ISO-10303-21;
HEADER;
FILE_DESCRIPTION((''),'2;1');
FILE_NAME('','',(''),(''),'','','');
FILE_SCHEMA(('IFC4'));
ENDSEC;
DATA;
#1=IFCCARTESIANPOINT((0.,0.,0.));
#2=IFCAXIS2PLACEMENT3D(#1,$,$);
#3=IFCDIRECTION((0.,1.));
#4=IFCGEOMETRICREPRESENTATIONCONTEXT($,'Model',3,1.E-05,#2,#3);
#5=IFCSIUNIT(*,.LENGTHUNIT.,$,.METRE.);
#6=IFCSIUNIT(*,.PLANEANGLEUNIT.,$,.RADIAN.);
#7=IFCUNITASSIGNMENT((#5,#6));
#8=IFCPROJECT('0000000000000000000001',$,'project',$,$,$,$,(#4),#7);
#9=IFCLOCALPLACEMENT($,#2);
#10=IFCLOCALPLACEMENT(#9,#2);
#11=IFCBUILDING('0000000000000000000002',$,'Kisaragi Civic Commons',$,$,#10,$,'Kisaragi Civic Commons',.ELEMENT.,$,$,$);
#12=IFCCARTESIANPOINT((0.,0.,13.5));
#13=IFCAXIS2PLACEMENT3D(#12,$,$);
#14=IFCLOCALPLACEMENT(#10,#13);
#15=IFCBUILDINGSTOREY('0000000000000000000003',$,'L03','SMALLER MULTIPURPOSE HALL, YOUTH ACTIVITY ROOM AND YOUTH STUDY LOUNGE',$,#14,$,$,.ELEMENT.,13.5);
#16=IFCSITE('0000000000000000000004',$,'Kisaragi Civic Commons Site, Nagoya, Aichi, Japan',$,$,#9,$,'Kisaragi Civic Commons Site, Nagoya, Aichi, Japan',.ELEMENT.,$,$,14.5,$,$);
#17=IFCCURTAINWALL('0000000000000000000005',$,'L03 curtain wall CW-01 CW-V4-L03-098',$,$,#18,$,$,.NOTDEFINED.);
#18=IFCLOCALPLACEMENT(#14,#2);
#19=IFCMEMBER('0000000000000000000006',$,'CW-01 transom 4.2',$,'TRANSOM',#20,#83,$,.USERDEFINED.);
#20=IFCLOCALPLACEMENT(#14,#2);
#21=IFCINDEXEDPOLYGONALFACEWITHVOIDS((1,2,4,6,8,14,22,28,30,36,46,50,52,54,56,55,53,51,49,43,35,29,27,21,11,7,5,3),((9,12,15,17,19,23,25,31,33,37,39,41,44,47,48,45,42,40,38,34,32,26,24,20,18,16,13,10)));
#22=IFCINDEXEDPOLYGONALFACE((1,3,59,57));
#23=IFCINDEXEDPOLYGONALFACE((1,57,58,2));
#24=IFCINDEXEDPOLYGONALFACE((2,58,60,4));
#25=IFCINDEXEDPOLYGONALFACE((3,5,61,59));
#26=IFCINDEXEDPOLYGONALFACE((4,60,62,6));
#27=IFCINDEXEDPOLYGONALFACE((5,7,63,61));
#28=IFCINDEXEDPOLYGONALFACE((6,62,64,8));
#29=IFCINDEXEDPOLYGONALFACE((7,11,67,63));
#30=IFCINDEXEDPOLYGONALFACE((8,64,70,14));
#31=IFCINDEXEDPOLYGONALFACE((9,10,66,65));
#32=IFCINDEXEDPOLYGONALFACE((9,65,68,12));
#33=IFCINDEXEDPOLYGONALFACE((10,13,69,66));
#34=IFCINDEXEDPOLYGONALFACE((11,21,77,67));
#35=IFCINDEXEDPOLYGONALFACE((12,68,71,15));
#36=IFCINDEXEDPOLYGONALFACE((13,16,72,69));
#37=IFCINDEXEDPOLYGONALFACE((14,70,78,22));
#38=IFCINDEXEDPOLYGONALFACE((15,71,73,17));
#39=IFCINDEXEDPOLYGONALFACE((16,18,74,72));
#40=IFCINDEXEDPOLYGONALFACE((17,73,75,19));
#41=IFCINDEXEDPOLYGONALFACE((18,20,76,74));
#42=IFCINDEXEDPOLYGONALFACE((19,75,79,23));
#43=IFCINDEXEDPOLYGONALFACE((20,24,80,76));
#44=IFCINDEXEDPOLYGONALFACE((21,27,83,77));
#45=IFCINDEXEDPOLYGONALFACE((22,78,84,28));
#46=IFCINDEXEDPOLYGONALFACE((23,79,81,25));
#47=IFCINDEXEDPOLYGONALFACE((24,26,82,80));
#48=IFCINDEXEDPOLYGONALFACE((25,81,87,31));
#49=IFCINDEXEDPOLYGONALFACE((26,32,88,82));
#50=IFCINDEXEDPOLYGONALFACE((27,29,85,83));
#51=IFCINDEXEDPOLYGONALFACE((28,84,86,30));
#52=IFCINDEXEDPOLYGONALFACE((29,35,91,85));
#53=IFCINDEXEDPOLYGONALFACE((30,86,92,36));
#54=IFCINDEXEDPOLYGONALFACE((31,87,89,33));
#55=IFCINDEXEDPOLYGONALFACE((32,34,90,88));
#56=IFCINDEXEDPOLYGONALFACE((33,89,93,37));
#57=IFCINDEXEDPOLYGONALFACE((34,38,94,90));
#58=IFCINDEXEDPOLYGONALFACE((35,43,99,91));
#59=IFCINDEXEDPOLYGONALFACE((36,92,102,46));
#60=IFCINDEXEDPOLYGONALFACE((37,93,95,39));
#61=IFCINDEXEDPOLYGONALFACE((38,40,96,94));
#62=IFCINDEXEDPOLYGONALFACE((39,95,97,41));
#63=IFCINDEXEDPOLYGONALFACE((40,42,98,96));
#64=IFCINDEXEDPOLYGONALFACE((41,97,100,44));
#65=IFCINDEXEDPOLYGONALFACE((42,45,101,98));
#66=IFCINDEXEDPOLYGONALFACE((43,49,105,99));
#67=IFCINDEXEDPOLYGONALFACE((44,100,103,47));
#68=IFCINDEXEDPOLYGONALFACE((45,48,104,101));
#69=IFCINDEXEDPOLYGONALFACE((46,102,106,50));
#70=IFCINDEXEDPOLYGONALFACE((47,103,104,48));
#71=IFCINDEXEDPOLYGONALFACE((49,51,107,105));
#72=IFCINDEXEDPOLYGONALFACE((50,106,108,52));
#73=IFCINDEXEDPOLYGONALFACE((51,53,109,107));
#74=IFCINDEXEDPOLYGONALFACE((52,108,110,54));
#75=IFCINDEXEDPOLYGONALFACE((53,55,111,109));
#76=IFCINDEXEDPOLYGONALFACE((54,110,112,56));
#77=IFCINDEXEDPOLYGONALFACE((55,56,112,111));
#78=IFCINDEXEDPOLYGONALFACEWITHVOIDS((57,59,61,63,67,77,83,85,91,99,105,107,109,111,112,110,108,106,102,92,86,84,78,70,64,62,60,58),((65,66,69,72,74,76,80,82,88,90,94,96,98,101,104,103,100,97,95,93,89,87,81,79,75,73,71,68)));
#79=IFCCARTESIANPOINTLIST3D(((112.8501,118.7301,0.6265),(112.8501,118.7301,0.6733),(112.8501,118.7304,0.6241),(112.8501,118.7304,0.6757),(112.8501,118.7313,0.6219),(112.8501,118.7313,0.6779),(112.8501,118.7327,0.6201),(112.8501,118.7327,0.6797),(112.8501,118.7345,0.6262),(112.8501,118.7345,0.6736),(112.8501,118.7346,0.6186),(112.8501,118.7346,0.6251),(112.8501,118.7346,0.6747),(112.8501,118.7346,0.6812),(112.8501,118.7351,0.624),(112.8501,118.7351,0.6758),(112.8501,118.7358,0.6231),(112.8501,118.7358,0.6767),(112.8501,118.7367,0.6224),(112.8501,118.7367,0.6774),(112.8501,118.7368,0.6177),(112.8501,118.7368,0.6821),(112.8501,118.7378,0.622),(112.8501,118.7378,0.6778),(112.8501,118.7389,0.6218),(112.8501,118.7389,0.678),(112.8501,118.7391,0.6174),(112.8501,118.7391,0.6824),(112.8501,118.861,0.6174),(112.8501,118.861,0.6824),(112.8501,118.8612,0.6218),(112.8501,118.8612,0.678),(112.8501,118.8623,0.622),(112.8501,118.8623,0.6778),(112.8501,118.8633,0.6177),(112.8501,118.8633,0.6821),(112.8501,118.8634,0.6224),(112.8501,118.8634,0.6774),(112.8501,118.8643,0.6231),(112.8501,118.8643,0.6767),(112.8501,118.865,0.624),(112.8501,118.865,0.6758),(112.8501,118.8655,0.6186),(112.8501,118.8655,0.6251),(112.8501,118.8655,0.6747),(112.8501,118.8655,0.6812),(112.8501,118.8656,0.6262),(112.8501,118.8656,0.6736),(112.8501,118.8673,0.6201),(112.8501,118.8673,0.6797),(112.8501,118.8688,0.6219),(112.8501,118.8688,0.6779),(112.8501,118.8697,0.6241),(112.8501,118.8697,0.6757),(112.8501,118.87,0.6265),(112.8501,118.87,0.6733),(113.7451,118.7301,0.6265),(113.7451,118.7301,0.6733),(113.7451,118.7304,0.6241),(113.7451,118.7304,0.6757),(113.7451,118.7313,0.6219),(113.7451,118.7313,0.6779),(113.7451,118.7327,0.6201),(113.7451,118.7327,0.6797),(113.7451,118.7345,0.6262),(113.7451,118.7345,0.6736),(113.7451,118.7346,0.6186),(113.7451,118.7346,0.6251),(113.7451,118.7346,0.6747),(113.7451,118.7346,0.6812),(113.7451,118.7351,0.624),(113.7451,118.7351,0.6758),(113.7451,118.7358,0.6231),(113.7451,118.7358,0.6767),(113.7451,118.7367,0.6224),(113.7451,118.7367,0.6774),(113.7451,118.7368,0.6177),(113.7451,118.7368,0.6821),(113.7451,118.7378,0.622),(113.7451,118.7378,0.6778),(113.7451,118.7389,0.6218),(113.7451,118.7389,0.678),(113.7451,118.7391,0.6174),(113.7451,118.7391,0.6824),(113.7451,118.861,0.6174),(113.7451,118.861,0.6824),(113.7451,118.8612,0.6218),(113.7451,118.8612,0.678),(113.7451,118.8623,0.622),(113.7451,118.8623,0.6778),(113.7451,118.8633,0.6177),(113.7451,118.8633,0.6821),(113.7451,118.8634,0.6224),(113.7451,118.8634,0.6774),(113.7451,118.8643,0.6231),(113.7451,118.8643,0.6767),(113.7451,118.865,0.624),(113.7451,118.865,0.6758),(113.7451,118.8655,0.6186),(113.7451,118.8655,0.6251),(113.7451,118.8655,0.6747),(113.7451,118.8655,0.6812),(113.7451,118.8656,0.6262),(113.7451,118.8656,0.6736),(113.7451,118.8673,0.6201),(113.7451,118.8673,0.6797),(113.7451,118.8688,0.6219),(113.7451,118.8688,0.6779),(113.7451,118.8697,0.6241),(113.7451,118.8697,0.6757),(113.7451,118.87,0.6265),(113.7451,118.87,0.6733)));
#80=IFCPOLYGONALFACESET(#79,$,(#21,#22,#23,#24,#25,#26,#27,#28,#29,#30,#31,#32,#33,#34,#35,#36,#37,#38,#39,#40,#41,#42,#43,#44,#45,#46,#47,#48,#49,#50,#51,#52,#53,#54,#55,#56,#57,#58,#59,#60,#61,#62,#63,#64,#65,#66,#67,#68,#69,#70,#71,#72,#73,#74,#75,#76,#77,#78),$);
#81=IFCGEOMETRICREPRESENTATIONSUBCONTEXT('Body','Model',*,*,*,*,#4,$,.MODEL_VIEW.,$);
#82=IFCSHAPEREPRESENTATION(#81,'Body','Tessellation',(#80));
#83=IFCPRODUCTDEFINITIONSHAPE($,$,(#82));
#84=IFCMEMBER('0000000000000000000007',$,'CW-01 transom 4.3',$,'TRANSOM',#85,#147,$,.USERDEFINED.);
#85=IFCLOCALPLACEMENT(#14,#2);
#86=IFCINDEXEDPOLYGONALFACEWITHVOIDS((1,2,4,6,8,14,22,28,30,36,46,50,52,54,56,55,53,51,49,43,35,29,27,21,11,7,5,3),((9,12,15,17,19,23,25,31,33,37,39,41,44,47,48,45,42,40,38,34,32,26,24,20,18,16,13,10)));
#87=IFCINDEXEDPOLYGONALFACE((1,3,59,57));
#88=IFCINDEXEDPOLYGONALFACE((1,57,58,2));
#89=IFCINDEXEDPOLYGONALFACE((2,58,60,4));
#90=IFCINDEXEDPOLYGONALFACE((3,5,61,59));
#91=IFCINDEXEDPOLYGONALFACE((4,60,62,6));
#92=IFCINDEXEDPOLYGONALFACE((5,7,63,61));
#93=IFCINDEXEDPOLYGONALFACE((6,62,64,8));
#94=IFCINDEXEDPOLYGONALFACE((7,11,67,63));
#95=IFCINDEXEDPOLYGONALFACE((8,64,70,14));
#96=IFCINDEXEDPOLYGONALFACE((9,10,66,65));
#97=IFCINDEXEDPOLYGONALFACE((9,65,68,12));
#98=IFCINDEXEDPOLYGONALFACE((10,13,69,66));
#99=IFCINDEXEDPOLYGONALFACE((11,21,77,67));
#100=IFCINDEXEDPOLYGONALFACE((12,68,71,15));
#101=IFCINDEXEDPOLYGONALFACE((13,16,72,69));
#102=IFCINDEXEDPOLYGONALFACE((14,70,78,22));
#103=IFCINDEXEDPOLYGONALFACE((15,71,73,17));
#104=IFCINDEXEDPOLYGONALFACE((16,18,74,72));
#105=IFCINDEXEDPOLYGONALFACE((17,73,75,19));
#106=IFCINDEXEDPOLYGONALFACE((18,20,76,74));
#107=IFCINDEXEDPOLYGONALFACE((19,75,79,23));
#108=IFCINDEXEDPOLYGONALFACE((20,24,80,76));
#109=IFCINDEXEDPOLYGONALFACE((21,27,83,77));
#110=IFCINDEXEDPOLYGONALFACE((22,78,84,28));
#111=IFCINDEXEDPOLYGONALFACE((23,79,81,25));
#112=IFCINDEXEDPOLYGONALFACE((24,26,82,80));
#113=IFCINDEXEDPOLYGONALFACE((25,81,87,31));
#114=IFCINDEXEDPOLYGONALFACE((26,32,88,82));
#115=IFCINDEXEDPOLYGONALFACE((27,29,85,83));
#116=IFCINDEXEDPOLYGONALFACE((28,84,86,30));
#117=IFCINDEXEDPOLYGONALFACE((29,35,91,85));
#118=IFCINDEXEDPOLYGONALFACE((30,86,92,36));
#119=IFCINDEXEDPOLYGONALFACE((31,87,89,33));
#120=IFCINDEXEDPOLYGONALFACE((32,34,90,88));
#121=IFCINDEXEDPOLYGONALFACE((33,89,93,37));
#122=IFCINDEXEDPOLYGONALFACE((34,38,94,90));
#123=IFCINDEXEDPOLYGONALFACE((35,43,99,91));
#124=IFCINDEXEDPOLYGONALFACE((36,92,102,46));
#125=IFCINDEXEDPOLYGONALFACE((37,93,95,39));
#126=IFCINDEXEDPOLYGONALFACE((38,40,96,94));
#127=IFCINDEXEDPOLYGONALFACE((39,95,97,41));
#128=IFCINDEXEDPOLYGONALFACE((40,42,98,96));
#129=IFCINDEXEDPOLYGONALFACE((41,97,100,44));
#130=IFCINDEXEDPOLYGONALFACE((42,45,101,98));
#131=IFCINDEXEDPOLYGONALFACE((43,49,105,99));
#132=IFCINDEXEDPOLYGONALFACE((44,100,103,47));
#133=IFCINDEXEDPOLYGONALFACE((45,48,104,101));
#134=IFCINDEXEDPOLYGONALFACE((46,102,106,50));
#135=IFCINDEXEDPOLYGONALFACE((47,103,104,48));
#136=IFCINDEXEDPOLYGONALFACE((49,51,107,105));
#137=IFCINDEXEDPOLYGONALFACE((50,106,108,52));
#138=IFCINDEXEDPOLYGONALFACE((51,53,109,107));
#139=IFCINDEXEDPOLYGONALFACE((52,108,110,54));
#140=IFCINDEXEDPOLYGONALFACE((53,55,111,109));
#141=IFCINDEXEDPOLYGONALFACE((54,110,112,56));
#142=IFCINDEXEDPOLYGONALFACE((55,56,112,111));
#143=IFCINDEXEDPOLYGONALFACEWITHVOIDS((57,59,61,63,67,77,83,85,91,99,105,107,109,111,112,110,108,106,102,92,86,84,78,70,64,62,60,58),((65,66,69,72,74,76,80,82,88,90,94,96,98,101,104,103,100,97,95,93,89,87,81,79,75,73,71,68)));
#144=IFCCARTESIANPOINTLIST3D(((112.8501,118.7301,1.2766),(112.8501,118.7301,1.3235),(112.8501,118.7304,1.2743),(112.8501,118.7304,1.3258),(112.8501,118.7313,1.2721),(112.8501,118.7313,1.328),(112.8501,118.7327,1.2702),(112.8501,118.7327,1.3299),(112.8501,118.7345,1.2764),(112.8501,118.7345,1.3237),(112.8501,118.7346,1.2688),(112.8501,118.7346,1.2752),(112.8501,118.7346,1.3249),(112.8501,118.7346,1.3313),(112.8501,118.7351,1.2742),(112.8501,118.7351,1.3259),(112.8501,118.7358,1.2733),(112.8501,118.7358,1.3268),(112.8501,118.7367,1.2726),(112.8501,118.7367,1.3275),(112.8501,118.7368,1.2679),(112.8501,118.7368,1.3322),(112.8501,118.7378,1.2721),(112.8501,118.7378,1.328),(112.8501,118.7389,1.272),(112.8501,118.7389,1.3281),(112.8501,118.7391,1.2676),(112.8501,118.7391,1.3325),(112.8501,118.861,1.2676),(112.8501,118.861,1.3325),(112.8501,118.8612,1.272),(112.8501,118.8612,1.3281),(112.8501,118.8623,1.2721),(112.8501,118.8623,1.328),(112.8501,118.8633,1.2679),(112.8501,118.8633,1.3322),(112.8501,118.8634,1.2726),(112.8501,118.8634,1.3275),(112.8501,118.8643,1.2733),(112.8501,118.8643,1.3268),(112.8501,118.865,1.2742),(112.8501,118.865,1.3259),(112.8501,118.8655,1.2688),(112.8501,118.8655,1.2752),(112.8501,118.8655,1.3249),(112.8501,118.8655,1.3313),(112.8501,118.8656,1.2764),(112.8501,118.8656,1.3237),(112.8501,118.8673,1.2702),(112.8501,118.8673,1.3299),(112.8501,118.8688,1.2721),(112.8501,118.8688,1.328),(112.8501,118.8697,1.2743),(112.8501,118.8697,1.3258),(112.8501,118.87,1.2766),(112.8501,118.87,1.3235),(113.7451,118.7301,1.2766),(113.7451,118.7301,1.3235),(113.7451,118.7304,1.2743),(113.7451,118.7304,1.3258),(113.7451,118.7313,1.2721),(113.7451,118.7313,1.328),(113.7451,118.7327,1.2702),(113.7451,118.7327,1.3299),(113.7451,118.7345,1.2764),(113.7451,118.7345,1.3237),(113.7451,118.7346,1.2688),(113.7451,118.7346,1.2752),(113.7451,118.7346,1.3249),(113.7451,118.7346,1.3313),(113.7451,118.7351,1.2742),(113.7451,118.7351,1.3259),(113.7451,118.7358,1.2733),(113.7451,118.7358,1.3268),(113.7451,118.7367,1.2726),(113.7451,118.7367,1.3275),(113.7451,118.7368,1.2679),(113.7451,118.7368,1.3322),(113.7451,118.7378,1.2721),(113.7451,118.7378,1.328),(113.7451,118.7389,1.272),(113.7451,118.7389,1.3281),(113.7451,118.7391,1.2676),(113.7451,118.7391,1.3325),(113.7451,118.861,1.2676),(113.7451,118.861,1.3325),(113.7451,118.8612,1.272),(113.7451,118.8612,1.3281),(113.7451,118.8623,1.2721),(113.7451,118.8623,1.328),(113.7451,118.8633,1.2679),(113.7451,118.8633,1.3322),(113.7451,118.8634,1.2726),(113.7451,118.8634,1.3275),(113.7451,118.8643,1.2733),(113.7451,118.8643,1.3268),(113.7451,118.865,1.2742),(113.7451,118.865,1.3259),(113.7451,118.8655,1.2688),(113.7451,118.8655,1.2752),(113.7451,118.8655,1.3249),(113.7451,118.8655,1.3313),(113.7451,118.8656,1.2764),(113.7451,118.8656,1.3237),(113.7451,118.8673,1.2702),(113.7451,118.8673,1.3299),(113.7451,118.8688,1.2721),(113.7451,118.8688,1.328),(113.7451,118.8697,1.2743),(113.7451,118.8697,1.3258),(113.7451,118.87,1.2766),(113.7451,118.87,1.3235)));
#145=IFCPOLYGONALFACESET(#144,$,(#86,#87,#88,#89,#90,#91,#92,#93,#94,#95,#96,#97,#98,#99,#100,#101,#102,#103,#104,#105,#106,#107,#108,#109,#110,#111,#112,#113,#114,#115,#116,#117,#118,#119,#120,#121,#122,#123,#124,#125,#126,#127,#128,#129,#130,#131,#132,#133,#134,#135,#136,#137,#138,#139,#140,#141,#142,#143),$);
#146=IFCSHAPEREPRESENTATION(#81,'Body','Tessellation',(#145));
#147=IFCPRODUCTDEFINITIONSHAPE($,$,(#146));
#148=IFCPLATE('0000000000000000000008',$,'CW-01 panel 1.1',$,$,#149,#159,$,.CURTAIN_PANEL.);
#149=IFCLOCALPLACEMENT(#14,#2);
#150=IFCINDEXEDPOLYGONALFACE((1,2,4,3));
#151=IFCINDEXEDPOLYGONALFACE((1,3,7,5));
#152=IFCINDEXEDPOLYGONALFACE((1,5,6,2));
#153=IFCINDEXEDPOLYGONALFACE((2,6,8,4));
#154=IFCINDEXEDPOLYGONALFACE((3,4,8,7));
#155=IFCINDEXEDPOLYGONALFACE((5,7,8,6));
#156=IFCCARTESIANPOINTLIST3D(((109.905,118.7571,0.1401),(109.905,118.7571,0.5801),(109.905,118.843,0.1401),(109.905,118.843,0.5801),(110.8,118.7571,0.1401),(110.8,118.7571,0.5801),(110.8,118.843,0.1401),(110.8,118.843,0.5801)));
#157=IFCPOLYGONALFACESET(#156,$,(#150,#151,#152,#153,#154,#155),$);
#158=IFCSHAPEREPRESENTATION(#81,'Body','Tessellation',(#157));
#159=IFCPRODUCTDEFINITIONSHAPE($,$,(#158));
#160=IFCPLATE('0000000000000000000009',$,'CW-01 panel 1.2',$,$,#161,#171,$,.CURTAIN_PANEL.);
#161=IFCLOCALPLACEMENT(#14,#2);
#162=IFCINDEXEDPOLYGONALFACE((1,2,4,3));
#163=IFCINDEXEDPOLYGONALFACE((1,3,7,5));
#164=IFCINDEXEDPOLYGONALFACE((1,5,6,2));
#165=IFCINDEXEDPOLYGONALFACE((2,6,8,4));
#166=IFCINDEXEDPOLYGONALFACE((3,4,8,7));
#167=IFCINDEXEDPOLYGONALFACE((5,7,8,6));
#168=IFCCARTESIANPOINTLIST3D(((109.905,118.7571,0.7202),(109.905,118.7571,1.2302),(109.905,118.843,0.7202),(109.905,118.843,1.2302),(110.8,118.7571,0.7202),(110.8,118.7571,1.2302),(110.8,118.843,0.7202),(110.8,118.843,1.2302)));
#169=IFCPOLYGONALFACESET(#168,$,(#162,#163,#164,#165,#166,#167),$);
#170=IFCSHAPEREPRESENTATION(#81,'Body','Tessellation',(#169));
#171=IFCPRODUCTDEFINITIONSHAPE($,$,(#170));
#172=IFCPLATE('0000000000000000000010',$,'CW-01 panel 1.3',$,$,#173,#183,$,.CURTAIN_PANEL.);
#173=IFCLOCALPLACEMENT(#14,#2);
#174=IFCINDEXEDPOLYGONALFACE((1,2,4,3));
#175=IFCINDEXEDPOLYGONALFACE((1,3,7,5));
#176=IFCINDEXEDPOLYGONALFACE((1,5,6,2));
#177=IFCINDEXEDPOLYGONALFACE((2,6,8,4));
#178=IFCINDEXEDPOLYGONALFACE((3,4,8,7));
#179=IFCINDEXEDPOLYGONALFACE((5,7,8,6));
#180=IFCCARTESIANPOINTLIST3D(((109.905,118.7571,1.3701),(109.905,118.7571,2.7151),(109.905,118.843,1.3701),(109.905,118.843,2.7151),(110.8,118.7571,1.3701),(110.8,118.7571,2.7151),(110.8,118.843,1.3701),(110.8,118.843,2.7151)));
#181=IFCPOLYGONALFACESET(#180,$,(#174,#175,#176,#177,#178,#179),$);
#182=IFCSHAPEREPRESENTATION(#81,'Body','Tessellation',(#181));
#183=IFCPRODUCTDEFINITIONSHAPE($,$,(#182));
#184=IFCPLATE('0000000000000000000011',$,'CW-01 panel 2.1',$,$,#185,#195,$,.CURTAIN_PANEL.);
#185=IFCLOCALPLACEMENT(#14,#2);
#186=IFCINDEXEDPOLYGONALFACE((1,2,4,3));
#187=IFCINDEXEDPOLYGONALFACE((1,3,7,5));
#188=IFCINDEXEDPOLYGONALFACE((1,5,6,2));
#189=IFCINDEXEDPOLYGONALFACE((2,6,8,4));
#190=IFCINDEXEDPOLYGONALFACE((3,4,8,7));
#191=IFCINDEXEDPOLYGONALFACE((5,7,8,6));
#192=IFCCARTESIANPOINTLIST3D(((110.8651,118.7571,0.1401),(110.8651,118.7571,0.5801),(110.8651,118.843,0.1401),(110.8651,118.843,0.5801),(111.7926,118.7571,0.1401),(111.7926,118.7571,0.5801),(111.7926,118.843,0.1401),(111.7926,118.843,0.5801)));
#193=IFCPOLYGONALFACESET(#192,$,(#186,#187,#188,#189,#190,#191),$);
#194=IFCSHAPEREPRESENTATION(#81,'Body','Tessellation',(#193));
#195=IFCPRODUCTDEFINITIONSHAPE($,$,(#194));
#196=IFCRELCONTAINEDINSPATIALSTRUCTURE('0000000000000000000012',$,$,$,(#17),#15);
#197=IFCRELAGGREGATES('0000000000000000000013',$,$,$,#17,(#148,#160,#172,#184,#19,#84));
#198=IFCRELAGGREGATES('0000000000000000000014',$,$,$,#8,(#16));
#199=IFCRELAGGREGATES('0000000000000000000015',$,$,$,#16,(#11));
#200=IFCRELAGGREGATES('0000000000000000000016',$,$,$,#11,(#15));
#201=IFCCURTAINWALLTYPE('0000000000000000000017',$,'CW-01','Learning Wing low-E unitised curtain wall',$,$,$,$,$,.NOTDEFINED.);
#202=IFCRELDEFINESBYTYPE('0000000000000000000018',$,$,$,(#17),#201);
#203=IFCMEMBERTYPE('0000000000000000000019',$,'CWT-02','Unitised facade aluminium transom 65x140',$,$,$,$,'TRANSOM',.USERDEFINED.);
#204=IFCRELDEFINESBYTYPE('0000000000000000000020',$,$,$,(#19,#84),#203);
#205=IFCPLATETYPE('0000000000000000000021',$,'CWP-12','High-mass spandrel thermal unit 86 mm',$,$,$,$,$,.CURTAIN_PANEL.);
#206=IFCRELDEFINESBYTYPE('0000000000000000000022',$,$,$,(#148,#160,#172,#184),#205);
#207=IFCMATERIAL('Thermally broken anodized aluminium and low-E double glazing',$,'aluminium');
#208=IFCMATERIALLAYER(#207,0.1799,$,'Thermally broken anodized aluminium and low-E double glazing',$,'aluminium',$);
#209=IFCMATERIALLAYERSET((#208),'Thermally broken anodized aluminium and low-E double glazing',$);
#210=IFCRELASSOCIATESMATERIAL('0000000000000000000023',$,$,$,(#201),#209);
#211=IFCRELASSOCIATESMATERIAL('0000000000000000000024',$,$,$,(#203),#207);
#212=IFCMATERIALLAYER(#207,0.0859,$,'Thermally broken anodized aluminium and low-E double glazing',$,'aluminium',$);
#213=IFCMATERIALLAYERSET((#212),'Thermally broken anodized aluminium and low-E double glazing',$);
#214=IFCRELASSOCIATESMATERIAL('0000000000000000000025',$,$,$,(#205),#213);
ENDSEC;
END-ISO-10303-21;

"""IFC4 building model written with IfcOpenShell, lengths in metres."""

from ifc_helpers import new_model, si_unit, direction, frame, origin, origin_2d, place, context, subcontext, project, spatial, rectangle, hollow_rectangle, extrude, material, layer, layer_set, material_profile, profile_set, type_object, element, aggregate, save


model = new_model("IFC4")

# Units and contexts
model_context = context("Model", 3, precision=1e-05, world=origin(), true_north=direction((0.0, 1.0)))
body_context = subcontext(model_context, "Body", "Model", "MODEL_VIEW")
ifc_project = project(units=[si_unit("LENGTHUNIT", "METRE"), si_unit("PLANEANGLEUNIT", "RADIAN")], contexts=[model_context])

# Site, building, storey
site_placement = place(None, origin())
site = spatial("IfcSite", under=ifc_project, at=site_placement, Name="Kisaragi Civic Commons Site, Nagoya, Aichi, Japan", LongName="Kisaragi Civic Commons Site, Nagoya, Aichi, Japan", CompositionType="ELEMENT", RefElevation=14.5)
building_placement = place(site_placement, origin())
building = spatial("IfcBuilding", under=site, at=building_placement, Name="Kisaragi Civic Commons", LongName="Kisaragi Civic Commons", CompositionType="ELEMENT")
storey_placement = place(building_placement, frame((0.0, 0.0, 13.5)))
storey = spatial("IfcBuildingStorey", under=building, at=storey_placement, Name="L03", Description="SMALLER MULTIPURPOSE HALL, YOUTH ACTIVITY ROOM AND YOUTH STUDY LOUNGE", CompositionType="ELEMENT", Elevation=13.5)

# Curtain wall, members, plates
ifc_material = material(Name="Thermally broken anodized aluminium and low-E double glazing", Category="aluminium")
ifc_layer_1 = layer(ifc_material, 0.1799, Name="Thermally broken anodized aluminium and low-E double glazing", Category="aluminium")
ifc_layer_set_1 = layer_set([ifc_layer_1], Name="Thermally broken anodized aluminium and low-E double glazing")
curtain_wall_type = type_object("IfcCurtainWallType", Name="CW-01", Description="Learning Wing low-E unitised curtain wall", PredefinedType="NOTDEFINED", material=ifc_layer_set_1)
curtain_wall_placement = place(storey_placement, origin())
curtain_wall = element("IfcCurtainWall", 1, at=curtain_wall_placement, inside=storey, type_object=curtain_wall_type, Name="L03 curtain wall CW-01 CW-V4-L03-098", PredefinedType="NOTDEFINED")
ifc_material_profile_1 = material_profile(ifc_material, hollow_rectangle(XDim=0.1399, YDim=0.0649, WallThickness=0.0044, InnerFilletRadius=0.0044, OuterFilletRadius=0.009, at=origin_2d()), Name="CWT-65x140x4.5", Category="aluminium")
ifc_profile_set_1 = profile_set([ifc_material_profile_1], Name="Thermally broken anodized aluminium and low-E double glazing")
member_type_1 = type_object("IfcMemberType", Name="CWT-02", Description="Unitised facade aluminium transom 65x140", ElementType="TRANSOM", PredefinedType="USERDEFINED", material=ifc_profile_set_1)
member_1_placement = place(storey_placement, frame((112.8501, 118.8, 0.6499), z_axis=(1.0, 0.0, 0.0), x_axis=(0.0, 1.0, 0.0)))
member_1 = element("IfcMember", 2, at=member_1_placement, type_object=member_type_1, Name="CW-01 transom 4.2", ObjectType="TRANSOM", PredefinedType="USERDEFINED", context=body_context, shape_type="SweptSolid", body=[
    extrude(hollow_rectangle(XDim=0.1399, YDim=0.0649, WallThickness=0.0044, InnerFilletRadius=0.0044, OuterFilletRadius=0.009, at=origin_2d()), origin(), (0.0, 0.0, 1.0), 0.895),
])
member_2_placement = place(storey_placement, frame((112.8501, 118.8, 1.3), z_axis=(1.0, 0.0, 0.0), x_axis=(0.0, 1.0, 0.0)))
member_2 = element("IfcMember", 3, at=member_2_placement, type_object=member_type_1, Name="CW-01 transom 4.3", ObjectType="TRANSOM", PredefinedType="USERDEFINED", context=body_context, shape_type="SweptSolid", body=[
    extrude(hollow_rectangle(XDim=0.1399, YDim=0.0649, WallThickness=0.0044, InnerFilletRadius=0.0044, OuterFilletRadius=0.009, at=origin_2d()), origin(), (0.0, 0.0, 1.0), 0.895),
])
ifc_layer_2 = layer(ifc_material, 0.0859, Name="Thermally broken anodized aluminium and low-E double glazing", Category="aluminium")
ifc_layer_set_2 = layer_set([ifc_layer_2], Name="Thermally broken anodized aluminium and low-E double glazing")
plate_type = type_object("IfcPlateType", Name="CWP-12", Description="High-mass spandrel thermal unit 86 mm", PredefinedType="CURTAIN_PANEL", material=ifc_layer_set_2)
plate_1_placement = place(storey_placement, frame((110.3525, 118.8, 0.1401), z_axis=(0.0, 0.0, 1.0), x_axis=(1.0, 0.0, 0.0)))
plate_1 = element("IfcPlate", 4, at=plate_1_placement, type_object=plate_type, Name="CW-01 panel 1.1", PredefinedType="CURTAIN_PANEL", context=body_context, shape_type="SweptSolid", body=[
    extrude(rectangle(XDim=0.895, YDim=0.0859, at=origin_2d()), origin(), (0.0, 0.0, 1.0), 0.4399),
])
plate_2_placement = place(storey_placement, frame((110.3525, 118.8, 0.7202), z_axis=(0.0, 0.0, 1.0), x_axis=(1.0, 0.0, 0.0)))
plate_2 = element("IfcPlate", 5, at=plate_2_placement, type_object=plate_type, Name="CW-01 panel 1.2", PredefinedType="CURTAIN_PANEL", context=body_context, shape_type="SweptSolid", body=[
    extrude(rectangle(XDim=0.895, YDim=0.0859, at=origin_2d()), origin(), (0.0, 0.0, 1.0), 0.51),
])
plate_3_placement = place(storey_placement, frame((110.3525, 118.8, 1.3701), z_axis=(0.0, 0.0, 1.0), x_axis=(1.0, 0.0, 0.0)))
plate_3 = element("IfcPlate", 6, at=plate_3_placement, type_object=plate_type, Name="CW-01 panel 1.3", PredefinedType="CURTAIN_PANEL", context=body_context, shape_type="SweptSolid", body=[
    extrude(rectangle(XDim=0.895, YDim=0.0859, at=origin_2d()), origin(), (0.0, 0.0, 1.0), 1.345),
])
plate_4_placement = place(storey_placement, frame((111.3289, 118.8, 0.1401), z_axis=(0.0, 0.0, 1.0), x_axis=(1.0, 0.0, 0.0)))
plate_4 = element("IfcPlate", 7, at=plate_4_placement, type_object=plate_type, Name="CW-01 panel 2.1", PredefinedType="CURTAIN_PANEL", context=body_context, shape_type="SweptSolid", body=[
    extrude(rectangle(XDim=0.9275, YDim=0.0859, at=origin_2d()), origin(), (0.0, 0.0, 1.0), 0.4399),
])
aggregate(curtain_wall, [plate_1, plate_2, plate_3, plate_4, member_1, member_2])

save(model, "model.ifc")
